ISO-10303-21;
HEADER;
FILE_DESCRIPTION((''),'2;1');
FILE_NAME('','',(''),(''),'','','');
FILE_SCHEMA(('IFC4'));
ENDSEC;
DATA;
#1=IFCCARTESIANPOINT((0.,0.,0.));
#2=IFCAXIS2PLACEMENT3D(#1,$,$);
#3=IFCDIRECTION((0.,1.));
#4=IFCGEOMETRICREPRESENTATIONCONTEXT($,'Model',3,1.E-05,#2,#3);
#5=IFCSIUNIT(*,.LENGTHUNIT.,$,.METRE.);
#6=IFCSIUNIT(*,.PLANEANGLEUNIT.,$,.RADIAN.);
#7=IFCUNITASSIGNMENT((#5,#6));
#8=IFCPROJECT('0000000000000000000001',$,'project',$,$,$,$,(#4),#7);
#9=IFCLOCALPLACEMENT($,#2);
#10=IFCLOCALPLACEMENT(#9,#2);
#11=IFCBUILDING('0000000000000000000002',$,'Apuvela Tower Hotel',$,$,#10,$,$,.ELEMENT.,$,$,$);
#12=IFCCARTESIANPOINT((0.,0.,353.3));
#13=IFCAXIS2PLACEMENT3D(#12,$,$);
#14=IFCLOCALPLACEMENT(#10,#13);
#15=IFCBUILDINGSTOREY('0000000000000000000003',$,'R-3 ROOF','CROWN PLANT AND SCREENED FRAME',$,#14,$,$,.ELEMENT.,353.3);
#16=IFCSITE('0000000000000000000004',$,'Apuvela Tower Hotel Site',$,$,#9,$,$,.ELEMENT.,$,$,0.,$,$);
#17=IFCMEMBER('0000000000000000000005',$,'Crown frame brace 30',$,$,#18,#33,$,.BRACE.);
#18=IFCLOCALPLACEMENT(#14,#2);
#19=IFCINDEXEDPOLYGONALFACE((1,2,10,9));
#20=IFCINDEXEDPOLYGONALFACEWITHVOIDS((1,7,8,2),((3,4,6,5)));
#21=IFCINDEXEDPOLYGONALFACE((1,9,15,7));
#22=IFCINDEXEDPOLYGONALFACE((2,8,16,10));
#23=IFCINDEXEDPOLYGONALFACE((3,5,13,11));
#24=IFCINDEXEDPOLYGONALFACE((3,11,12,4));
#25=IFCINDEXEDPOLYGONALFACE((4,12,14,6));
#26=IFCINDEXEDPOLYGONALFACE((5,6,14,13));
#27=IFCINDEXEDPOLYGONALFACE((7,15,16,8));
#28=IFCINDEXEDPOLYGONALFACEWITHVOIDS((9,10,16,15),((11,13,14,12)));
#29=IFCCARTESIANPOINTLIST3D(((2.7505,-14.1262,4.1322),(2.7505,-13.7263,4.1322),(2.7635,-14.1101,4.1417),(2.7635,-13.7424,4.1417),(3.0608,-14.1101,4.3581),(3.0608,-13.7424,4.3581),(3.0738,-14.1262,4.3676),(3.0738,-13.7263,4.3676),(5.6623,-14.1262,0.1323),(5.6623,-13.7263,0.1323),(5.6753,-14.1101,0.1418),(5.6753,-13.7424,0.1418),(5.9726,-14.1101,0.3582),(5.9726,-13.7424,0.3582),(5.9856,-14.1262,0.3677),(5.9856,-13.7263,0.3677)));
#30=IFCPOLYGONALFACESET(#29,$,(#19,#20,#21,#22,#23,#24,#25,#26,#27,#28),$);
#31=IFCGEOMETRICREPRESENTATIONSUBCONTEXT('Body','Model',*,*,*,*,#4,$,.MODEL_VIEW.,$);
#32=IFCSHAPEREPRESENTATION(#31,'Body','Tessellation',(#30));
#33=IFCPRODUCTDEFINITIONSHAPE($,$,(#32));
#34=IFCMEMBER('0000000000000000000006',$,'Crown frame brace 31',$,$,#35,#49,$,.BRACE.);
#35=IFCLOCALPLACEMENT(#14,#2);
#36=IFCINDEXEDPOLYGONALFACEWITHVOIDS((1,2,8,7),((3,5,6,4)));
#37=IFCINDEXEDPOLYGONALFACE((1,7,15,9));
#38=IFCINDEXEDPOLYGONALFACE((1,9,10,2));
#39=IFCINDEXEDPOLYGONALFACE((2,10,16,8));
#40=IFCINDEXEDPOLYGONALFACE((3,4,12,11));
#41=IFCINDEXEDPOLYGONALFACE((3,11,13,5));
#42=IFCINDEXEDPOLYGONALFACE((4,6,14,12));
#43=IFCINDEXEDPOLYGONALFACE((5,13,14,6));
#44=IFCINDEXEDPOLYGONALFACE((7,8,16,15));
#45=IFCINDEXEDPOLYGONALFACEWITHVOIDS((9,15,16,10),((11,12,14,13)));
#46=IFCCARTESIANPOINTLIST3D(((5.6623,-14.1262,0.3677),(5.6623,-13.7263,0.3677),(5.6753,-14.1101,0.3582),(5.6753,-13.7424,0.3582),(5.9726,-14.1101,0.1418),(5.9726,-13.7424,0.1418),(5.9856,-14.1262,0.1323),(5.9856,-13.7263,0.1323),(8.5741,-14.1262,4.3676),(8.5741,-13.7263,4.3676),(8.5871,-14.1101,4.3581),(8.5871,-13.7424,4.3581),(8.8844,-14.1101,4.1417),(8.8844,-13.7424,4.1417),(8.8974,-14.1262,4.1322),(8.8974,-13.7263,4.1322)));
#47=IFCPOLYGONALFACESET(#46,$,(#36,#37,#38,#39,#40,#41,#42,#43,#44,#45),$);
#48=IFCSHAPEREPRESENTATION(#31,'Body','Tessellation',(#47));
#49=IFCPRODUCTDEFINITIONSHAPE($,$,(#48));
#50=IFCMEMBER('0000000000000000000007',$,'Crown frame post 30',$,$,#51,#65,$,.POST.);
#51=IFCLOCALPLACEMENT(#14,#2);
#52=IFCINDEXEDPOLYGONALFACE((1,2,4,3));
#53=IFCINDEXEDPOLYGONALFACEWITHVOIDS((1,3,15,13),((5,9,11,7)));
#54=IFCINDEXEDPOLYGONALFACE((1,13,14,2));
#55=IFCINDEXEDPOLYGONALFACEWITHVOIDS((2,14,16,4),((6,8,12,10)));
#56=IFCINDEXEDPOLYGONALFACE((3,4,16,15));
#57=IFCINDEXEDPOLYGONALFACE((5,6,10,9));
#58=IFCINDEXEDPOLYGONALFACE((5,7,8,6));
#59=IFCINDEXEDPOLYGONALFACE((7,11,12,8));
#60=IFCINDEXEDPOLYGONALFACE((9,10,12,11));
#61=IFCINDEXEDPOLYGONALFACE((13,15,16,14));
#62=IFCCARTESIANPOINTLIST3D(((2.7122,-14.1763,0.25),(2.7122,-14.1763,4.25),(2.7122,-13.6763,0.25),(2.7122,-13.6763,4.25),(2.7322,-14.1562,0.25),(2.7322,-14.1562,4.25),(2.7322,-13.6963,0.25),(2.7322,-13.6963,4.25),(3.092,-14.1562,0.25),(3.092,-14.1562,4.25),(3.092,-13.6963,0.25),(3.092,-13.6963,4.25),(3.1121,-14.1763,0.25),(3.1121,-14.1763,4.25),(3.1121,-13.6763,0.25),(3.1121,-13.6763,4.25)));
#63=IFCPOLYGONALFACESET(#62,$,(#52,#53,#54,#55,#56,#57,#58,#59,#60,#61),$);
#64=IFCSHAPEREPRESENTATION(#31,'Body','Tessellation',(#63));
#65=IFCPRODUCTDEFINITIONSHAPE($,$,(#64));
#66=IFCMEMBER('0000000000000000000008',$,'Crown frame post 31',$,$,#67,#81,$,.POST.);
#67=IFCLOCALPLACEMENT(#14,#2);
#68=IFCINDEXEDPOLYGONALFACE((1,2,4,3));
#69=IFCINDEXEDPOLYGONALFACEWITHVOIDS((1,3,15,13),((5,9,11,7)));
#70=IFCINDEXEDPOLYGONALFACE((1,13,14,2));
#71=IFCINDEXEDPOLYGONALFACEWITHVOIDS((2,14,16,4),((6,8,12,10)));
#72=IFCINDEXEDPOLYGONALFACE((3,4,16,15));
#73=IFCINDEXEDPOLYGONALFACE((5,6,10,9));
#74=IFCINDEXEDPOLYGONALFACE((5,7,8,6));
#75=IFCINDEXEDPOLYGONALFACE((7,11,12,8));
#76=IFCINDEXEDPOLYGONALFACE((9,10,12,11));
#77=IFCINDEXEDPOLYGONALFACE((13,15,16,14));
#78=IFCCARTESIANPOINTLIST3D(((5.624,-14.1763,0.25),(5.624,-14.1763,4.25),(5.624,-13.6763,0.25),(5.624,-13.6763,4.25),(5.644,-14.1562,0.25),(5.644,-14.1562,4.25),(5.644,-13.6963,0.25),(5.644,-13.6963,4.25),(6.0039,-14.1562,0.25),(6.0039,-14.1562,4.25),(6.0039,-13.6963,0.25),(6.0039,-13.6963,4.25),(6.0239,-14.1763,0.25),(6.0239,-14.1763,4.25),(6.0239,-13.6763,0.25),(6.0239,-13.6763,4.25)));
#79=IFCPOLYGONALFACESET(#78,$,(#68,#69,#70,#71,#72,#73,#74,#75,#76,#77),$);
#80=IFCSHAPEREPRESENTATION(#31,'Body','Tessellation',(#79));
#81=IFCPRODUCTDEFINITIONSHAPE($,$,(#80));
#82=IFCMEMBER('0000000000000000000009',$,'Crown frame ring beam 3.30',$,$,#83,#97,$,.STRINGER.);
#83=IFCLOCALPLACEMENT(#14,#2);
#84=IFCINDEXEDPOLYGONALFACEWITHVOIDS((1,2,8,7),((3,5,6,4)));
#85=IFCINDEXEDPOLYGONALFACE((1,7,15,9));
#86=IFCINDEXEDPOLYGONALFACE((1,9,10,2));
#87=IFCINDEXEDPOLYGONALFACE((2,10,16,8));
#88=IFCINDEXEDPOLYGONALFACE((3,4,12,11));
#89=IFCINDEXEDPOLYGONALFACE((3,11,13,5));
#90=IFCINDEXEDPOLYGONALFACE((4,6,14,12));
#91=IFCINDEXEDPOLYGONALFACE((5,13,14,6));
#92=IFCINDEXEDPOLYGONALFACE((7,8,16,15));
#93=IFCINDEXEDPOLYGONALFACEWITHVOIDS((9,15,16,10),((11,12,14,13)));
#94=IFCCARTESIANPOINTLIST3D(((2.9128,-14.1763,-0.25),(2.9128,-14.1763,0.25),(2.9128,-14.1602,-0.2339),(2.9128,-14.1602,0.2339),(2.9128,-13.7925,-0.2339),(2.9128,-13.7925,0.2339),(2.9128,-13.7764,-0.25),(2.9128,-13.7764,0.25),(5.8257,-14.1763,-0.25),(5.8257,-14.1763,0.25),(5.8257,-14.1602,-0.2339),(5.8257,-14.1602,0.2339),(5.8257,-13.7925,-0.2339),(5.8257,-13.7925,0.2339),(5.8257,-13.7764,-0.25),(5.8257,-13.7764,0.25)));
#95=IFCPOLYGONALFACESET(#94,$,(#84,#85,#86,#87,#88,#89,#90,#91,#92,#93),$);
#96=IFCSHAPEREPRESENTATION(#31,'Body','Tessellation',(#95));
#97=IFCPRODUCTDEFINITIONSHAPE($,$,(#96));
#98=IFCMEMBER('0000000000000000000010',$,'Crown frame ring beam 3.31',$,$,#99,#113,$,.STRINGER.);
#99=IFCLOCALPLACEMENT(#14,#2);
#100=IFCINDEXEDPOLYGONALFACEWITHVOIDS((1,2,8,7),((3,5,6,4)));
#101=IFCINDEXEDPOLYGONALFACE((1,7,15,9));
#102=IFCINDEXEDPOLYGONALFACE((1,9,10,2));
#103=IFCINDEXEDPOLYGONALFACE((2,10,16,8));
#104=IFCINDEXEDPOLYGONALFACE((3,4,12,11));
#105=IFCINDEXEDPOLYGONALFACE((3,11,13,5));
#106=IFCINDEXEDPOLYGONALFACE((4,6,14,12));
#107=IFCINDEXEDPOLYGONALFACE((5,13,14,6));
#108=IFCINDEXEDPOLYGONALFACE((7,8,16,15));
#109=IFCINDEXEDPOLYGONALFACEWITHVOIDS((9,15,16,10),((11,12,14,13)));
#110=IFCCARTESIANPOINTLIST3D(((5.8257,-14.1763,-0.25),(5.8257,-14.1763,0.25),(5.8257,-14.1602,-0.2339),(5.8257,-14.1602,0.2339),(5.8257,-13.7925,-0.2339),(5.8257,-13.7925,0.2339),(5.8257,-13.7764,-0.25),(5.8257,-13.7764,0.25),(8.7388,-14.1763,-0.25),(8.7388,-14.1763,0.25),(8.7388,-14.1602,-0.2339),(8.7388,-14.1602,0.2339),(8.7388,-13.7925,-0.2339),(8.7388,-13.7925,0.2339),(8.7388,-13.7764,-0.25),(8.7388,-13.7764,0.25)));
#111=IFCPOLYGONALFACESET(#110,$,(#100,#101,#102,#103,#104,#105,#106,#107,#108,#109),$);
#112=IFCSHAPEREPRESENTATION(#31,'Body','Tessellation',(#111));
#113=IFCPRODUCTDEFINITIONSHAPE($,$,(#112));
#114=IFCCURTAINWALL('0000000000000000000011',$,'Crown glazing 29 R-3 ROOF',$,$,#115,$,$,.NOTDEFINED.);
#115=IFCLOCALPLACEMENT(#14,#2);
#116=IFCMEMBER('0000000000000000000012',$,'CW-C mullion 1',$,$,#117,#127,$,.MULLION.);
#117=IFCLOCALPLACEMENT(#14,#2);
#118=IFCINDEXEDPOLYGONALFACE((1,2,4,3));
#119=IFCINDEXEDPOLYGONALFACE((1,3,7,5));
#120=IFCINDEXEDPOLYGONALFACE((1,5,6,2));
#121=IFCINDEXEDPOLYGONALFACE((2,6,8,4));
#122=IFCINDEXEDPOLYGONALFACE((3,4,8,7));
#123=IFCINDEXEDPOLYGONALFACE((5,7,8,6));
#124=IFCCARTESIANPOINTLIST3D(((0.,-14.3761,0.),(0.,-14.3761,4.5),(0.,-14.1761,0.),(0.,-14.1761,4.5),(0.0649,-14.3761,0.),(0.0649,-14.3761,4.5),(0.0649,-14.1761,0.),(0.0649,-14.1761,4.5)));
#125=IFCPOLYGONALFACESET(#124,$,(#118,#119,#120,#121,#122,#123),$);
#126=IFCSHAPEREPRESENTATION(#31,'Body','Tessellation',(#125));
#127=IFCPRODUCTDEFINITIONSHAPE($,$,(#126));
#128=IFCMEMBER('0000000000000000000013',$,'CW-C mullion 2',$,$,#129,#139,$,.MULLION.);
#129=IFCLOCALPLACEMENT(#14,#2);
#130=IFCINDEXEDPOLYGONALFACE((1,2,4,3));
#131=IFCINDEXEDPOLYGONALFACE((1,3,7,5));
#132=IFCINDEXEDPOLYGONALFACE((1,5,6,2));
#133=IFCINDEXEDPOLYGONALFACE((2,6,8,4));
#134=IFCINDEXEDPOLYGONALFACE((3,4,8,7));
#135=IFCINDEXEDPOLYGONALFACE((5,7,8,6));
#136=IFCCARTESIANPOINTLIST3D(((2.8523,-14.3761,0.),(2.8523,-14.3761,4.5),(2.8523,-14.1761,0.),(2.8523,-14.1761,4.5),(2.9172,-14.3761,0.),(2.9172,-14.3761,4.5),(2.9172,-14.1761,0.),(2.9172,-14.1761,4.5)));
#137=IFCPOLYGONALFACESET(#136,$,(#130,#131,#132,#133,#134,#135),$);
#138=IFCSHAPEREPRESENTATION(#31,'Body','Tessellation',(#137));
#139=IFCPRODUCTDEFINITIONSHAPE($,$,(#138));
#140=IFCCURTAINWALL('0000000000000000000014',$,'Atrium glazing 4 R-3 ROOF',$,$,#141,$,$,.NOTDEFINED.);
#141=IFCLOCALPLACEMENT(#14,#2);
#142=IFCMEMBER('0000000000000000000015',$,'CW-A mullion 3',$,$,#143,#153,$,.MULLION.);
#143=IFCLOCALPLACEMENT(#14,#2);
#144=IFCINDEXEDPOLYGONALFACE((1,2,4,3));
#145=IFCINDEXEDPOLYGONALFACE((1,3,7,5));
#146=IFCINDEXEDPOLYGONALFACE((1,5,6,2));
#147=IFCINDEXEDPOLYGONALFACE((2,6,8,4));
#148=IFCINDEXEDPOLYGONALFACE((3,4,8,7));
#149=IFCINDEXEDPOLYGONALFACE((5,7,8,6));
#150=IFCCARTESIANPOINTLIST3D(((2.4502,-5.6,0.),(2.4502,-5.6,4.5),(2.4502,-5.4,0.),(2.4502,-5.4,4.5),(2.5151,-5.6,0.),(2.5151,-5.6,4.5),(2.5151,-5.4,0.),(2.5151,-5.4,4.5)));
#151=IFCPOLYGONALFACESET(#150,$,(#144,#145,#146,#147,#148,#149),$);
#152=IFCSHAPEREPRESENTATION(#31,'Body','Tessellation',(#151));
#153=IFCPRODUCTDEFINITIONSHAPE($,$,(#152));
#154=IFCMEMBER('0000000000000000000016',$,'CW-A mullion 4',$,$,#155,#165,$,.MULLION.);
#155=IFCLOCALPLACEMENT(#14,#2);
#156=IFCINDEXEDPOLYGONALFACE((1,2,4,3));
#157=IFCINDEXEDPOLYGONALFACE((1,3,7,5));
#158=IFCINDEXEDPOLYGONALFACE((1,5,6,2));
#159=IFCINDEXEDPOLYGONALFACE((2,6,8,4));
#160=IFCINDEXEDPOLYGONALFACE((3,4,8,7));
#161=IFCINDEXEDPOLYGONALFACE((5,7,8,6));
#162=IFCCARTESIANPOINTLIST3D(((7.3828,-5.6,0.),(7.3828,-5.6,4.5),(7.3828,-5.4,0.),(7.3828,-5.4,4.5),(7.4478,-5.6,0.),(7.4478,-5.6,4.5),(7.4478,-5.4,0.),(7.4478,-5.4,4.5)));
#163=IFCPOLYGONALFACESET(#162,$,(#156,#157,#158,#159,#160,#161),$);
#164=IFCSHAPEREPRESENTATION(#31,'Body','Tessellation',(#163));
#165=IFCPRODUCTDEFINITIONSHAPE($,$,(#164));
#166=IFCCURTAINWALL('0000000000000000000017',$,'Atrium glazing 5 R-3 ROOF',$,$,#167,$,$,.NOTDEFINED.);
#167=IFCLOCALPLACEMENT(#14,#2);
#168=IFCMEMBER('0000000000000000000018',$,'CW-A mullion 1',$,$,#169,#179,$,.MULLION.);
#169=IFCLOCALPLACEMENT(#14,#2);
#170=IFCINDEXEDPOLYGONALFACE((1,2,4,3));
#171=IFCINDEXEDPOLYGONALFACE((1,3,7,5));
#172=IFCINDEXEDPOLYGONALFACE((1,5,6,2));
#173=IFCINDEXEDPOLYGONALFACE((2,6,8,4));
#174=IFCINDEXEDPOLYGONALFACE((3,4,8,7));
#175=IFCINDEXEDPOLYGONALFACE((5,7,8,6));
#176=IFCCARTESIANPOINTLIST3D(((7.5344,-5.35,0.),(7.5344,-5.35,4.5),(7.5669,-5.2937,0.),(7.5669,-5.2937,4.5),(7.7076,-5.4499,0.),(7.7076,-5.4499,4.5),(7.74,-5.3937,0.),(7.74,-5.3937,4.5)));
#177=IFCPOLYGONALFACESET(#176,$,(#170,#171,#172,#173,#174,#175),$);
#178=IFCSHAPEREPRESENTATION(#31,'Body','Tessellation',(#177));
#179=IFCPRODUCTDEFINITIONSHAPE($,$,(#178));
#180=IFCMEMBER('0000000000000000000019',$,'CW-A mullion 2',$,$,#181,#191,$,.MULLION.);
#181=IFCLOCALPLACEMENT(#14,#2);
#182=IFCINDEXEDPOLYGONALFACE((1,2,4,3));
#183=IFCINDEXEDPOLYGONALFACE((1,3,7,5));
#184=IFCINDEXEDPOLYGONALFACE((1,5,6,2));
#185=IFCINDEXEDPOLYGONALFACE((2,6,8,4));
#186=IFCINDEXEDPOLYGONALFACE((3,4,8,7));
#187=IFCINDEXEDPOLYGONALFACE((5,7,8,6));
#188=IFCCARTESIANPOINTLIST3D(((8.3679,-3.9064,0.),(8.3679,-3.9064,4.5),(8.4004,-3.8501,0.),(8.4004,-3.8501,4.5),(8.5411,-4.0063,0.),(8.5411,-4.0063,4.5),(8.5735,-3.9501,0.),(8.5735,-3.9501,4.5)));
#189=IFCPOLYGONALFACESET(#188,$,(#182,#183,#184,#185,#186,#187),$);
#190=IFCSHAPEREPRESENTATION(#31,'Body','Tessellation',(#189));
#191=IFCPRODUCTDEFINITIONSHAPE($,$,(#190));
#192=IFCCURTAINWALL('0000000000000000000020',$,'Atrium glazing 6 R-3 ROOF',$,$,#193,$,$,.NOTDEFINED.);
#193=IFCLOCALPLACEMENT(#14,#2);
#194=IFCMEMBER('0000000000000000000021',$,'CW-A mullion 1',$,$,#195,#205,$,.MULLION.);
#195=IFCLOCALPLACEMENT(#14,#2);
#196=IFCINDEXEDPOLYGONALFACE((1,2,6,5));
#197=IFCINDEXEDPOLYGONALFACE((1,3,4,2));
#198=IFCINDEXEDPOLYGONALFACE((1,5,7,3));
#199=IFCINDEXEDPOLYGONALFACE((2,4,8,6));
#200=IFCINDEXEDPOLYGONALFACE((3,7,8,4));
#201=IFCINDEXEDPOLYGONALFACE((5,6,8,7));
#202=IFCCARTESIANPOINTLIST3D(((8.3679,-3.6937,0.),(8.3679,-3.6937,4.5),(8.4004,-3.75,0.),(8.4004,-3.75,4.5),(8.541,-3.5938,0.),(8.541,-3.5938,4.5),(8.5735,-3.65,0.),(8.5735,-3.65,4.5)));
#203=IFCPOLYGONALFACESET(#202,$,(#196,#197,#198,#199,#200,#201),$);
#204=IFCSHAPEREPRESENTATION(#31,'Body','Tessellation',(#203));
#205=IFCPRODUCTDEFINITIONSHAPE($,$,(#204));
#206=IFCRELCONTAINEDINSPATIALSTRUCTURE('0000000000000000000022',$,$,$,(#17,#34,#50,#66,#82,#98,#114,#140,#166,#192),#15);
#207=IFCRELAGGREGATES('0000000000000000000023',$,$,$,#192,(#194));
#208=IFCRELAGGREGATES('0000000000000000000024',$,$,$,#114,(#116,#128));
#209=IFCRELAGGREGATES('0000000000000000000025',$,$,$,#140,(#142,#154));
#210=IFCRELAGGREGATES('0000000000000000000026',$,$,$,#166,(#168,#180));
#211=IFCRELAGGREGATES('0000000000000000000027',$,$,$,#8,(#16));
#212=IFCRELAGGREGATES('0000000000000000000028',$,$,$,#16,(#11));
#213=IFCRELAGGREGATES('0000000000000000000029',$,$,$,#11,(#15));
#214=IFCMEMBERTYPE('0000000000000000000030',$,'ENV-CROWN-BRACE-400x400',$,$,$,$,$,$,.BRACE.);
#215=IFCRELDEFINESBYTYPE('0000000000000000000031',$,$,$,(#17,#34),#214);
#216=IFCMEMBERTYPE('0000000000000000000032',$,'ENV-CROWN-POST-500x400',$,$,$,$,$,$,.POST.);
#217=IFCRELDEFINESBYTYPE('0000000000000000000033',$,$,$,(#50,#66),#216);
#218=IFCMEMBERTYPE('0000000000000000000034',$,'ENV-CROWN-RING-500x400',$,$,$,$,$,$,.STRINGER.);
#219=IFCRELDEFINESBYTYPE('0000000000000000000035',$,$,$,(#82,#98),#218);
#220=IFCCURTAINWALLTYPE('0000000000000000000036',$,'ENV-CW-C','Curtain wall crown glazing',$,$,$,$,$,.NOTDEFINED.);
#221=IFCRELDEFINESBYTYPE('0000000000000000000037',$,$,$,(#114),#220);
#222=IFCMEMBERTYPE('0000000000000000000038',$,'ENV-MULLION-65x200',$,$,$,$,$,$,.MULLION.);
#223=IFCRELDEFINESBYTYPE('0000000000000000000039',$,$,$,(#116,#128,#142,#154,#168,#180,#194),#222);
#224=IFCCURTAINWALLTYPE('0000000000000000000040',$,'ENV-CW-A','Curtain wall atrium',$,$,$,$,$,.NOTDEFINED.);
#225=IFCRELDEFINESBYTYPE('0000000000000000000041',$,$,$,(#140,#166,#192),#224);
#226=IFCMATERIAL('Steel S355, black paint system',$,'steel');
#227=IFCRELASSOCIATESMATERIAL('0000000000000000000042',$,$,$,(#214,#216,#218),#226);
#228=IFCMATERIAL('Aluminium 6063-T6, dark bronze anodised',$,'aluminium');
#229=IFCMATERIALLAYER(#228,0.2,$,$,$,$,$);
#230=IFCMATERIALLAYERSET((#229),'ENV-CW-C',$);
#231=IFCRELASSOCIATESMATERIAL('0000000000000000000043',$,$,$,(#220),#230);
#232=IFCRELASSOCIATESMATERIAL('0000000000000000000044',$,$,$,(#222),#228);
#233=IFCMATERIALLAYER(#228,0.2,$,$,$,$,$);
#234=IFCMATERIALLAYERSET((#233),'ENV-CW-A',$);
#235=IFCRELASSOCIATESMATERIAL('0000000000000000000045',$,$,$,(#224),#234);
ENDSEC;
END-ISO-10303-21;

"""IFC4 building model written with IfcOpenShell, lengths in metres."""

from ifc_helpers import new_model, si_unit, direction, frame, origin, origin_2d, place, context, subcontext, project, spatial, rectangle, hollow_rectangle, extrude, material, layer, layer_set, material_profile, profile_set, type_object, element, aggregate, save


model = new_model("IFC4")

# Units and contexts
model_context = context("Model", 3, precision=1e-05, world=origin(), true_north=direction((0.0, 1.0)))
body_context = subcontext(model_context, "Body", "Model", "MODEL_VIEW")
ifc_project = project(units=[si_unit("LENGTHUNIT", "METRE"), si_unit("PLANEANGLEUNIT", "RADIAN")], contexts=[model_context])

# Site, building, storey
site_placement = place(None, origin())
site = spatial("IfcSite", under=ifc_project, at=site_placement, Name="Apuvela Tower Hotel Site", CompositionType="ELEMENT", RefElevation=0.0)
building_placement = place(site_placement, origin())
building = spatial("IfcBuilding", under=site, at=building_placement, Name="Apuvela Tower Hotel", CompositionType="ELEMENT")
storey_placement = place(building_placement, frame((0.0, 0.0, 353.3)))
storey = spatial("IfcBuildingStorey", under=building, at=storey_placement, Name="R-3 ROOF", Description="CROWN PLANT AND SCREENED FRAME", CompositionType="ELEMENT", Elevation=353.3)

# Members
ifc_material_1 = material(Name="Steel S355, black paint system", Category="steel")
ifc_material_profile_1 = material_profile(ifc_material_1, hollow_rectangle(XDim=0.3999, YDim=0.3999, WallThickness=0.0161, at=origin_2d()), Name="HSS 400x400x16")
ifc_profile_set_1 = profile_set([ifc_material_profile_1], Name="Steel S355, black paint system")
member_type_1 = type_object("IfcMemberType", Name="ENV-CROWN-BRACE-400x400", PredefinedType="BRACE", material=ifc_profile_set_1)
for number, where, z_axis, x_axis, name in (
    (1, (5.824, -13.9263, 0.25), (-0.588538, 0.0, 0.808469), (0.0, -1.0, 0.0), "Crown frame brace 30"),
    (2, (5.824, -13.9263, 0.25), (0.588538, 0.0, 0.808469), (0.0, 1.0, 0.0), "Crown frame brace 31"),
):
    element("IfcMember", number, at=place(storey_placement, frame(where, z_axis=z_axis, x_axis=x_axis)), inside=storey, type_object=member_type_1, Name=name, PredefinedType="BRACE", context=body_context, shape_type="SweptSolid", body=[
        extrude(hollow_rectangle(XDim=0.3999, YDim=0.3999, WallThickness=0.0161, at=origin_2d()), origin(), (0.0, 0.0, 1.0), 4.9475),
    ])
ifc_material_profile_2 = material_profile(ifc_material_1, hollow_rectangle(XDim=0.3999, YDim=0.5, WallThickness=0.02, at=origin_2d()), Name="HSS 500x400x20")
ifc_profile_set_2 = profile_set([ifc_material_profile_2], Name="Steel S355, black paint system")
member_type_2 = type_object("IfcMemberType", Name="ENV-CROWN-POST-500x400", PredefinedType="POST", material=ifc_profile_set_2)
for number, where, z_axis, x_axis, name in (
    (3, (2.9121, -13.9263, 0.25), (0.0, 0.0, 1.0), (1.0, 0.0, 0.0), "Crown frame post 30"),
    (4, (5.824, -13.9263, 0.25), (0.0, 0.0, 1.0), (1.0, 0.0, 0.0), "Crown frame post 31"),
):
    element("IfcMember", number, at=place(storey_placement, frame(where, z_axis=z_axis, x_axis=x_axis)), inside=storey, type_object=member_type_2, Name=name, PredefinedType="POST", context=body_context, shape_type="SweptSolid", body=[
        extrude(hollow_rectangle(XDim=0.3999, YDim=0.5, WallThickness=0.02, at=origin_2d()), origin(), (0.0, 0.0, 1.0), 4.0),
    ])
ifc_material_profile_3 = material_profile(ifc_material_1, hollow_rectangle(XDim=0.3999, YDim=0.5, WallThickness=0.0161, at=origin_2d()), Name="HSS 500x400x16")
ifc_profile_set_3 = profile_set([ifc_material_profile_3], Name="Steel S355, black paint system")
member_type_3 = type_object("IfcMemberType", Name="ENV-CROWN-RING-500x400", PredefinedType="STRINGER", material=ifc_profile_set_3)
member_1_placement = place(storey_placement, frame((2.9128, -13.9763, 0.0), z_axis=(1.0, 0.0, 0.0), x_axis=(0.0, 1.0, 0.0)))
element("IfcMember", 5, at=member_1_placement, inside=storey, type_object=member_type_3, Name="Crown frame ring beam 3.30", PredefinedType="STRINGER", context=body_context, shape_type="SweptSolid", body=[
    extrude(hollow_rectangle(XDim=0.3999, YDim=0.5, WallThickness=0.0161, at=origin_2d()), origin(), (0.0, 0.0, 1.0), 2.9128),
])
member_2_placement = place(storey_placement, frame((5.8257, -13.9763, 0.0), z_axis=(1.0, 0.0, 0.0), x_axis=(0.0, 1.0, 0.0)))
element("IfcMember", 6, at=member_2_placement, inside=storey, type_object=member_type_3, Name="Crown frame ring beam 3.31", PredefinedType="STRINGER", context=body_context, shape_type="SweptSolid", body=[
    extrude(hollow_rectangle(XDim=0.3999, YDim=0.5, WallThickness=0.0161, at=origin_2d()), origin(), (0.0, 0.0, 1.0), 2.9131),
])

# Curtain walls, members
ifc_material_2 = material(Name="Aluminium 6063-T6, dark bronze anodised", Category="aluminium")
ifc_layer_1 = layer(ifc_material_2, 0.2)
ifc_layer_set_1 = layer_set([ifc_layer_1], Name="ENV-CW-C")
curtain_wall_type_1 = type_object("IfcCurtainWallType", Name="ENV-CW-C", Description="Curtain wall crown glazing", PredefinedType="NOTDEFINED", material=ifc_layer_set_1)
curtain_wall_1_placement = place(storey_placement, origin())
curtain_wall_1 = element("IfcCurtainWall", 7, at=curtain_wall_1_placement, inside=storey, type_object=curtain_wall_type_1, Name="Crown glazing 29 R-3 ROOF", PredefinedType="NOTDEFINED")
ifc_material_profile_4 = material_profile(ifc_material_2, rectangle(XDim=0.2, YDim=0.0649, at=origin_2d()), Name="AL 65x200")
ifc_profile_set_4 = profile_set([ifc_material_profile_4], Name="Aluminium 6063-T6, dark bronze anodised")
member_type_4 = type_object("IfcMemberType", Name="ENV-MULLION-65x200", PredefinedType="MULLION", material=ifc_profile_set_4)
member_3_placement = place(storey_placement, frame((0.0325, -14.2761, 0.0), z_axis=(0.0, 0.0, 1.0), x_axis=(0.0, 1.0, 0.0)))
member_3 = element("IfcMember", 8, at=member_3_placement, type_object=member_type_4, Name="CW-C mullion 1", PredefinedType="MULLION", context=body_context, shape_type="SweptSolid", body=[
    extrude(rectangle(XDim=0.2, YDim=0.0649, at=origin_2d()), origin(), (0.0, 0.0, 1.0), 4.5),
])
member_4_placement = place(storey_placement, frame((2.8848, -14.2761, 0.0), z_axis=(0.0, 0.0, 1.0), x_axis=(0.0, 1.0, 0.0)))
member_4 = element("IfcMember", 9, at=member_4_placement, type_object=member_type_4, Name="CW-C mullion 2", PredefinedType="MULLION", context=body_context, shape_type="SweptSolid", body=[
    extrude(rectangle(XDim=0.2, YDim=0.0649, at=origin_2d()), origin(), (0.0, 0.0, 1.0), 4.5),
])
ifc_layer_2 = layer(ifc_material_2, 0.2)
ifc_layer_set_2 = layer_set([ifc_layer_2], Name="ENV-CW-A")
curtain_wall_type_2 = type_object("IfcCurtainWallType", Name="ENV-CW-A", Description="Curtain wall atrium", PredefinedType="NOTDEFINED", material=ifc_layer_set_2)
curtain_wall_2_placement = place(storey_placement, origin())
curtain_wall_2 = element("IfcCurtainWall", 10, at=curtain_wall_2_placement, inside=storey, type_object=curtain_wall_type_2, Name="Atrium glazing 4 R-3 ROOF", PredefinedType="NOTDEFINED")
member_5_placement = place(storey_placement, frame((2.4827, -5.5, 0.0), z_axis=(0.0, 0.0, 1.0), x_axis=(0.0, 1.0, 0.0)))
member_5 = element("IfcMember", 11, at=member_5_placement, type_object=member_type_4, Name="CW-A mullion 3", PredefinedType="MULLION", context=body_context, shape_type="SweptSolid", body=[
    extrude(rectangle(XDim=0.2, YDim=0.0649, at=origin_2d()), origin(), (0.0, 0.0, 1.0), 4.5),
])
member_6_placement = place(storey_placement, frame((7.4153, -5.5, 0.0), z_axis=(0.0, 0.0, 1.0), x_axis=(0.0, 1.0, 0.0)))
member_6 = element("IfcMember", 12, at=member_6_placement, type_object=member_type_4, Name="CW-A mullion 4", PredefinedType="MULLION", context=body_context, shape_type="SweptSolid", body=[
    extrude(rectangle(XDim=0.2, YDim=0.0649, at=origin_2d()), origin(), (0.0, 0.0, 1.0), 4.5),
])
curtain_wall_3_placement = place(storey_placement, origin())
curtain_wall_3 = element("IfcCurtainWall", 13, at=curtain_wall_3_placement, inside=storey, type_object=curtain_wall_type_2, Name="Atrium glazing 5 R-3 ROOF", PredefinedType="NOTDEFINED")
member_7_placement = place(storey_placement, frame((7.6372, -5.3718, 0.0), z_axis=(0.0, 0.0, 1.0), x_axis=(-0.866032, 0.499989, 0.0)))
member_7 = element("IfcMember", 14, at=member_7_placement, type_object=member_type_4, Name="CW-A mullion 1", PredefinedType="MULLION", context=body_context, shape_type="SweptSolid", body=[
    extrude(rectangle(XDim=0.2, YDim=0.0649, at=origin_2d()), origin(), (0.0, 0.0, 1.0), 4.5),
])
member_8_placement = place(storey_placement, frame((8.4707, -3.9282, 0.0), z_axis=(0.0, 0.0, 1.0), x_axis=(-0.866032, 0.499989, 0.0)))
member_8 = element("IfcMember", 15, at=member_8_placement, type_object=member_type_4, Name="CW-A mullion 2", PredefinedType="MULLION", context=body_context, shape_type="SweptSolid", body=[
    extrude(rectangle(XDim=0.2, YDim=0.0649, at=origin_2d()), origin(), (0.0, 0.0, 1.0), 4.5),
])

# Curtain wall, member
curtain_wall_4_placement = place(storey_placement, origin())
curtain_wall_4 = element("IfcCurtainWall", 16, at=curtain_wall_4_placement, inside=storey, type_object=curtain_wall_type_2, Name="Atrium glazing 6 R-3 ROOF", PredefinedType="NOTDEFINED")
member_9_placement = place(storey_placement, frame((8.4707, -3.6719, 0.0), z_axis=(0.0, 0.0, 1.0), x_axis=(-0.866026, -0.499999, 0.0)))
member_9 = element("IfcMember", 17, at=member_9_placement, type_object=member_type_4, Name="CW-A mullion 1", PredefinedType="MULLION", context=body_context, shape_type="SweptSolid", body=[
    extrude(rectangle(XDim=0.2, YDim=0.0649, at=origin_2d()), origin(), (0.0, 0.0, 1.0), 4.5),
])

aggregate(curtain_wall_4, [member_9])

aggregate(curtain_wall_1, [member_3, member_4])
aggregate(curtain_wall_2, [member_5, member_6])
aggregate(curtain_wall_3, [member_7, member_8])

save(model, "model.ifc")
